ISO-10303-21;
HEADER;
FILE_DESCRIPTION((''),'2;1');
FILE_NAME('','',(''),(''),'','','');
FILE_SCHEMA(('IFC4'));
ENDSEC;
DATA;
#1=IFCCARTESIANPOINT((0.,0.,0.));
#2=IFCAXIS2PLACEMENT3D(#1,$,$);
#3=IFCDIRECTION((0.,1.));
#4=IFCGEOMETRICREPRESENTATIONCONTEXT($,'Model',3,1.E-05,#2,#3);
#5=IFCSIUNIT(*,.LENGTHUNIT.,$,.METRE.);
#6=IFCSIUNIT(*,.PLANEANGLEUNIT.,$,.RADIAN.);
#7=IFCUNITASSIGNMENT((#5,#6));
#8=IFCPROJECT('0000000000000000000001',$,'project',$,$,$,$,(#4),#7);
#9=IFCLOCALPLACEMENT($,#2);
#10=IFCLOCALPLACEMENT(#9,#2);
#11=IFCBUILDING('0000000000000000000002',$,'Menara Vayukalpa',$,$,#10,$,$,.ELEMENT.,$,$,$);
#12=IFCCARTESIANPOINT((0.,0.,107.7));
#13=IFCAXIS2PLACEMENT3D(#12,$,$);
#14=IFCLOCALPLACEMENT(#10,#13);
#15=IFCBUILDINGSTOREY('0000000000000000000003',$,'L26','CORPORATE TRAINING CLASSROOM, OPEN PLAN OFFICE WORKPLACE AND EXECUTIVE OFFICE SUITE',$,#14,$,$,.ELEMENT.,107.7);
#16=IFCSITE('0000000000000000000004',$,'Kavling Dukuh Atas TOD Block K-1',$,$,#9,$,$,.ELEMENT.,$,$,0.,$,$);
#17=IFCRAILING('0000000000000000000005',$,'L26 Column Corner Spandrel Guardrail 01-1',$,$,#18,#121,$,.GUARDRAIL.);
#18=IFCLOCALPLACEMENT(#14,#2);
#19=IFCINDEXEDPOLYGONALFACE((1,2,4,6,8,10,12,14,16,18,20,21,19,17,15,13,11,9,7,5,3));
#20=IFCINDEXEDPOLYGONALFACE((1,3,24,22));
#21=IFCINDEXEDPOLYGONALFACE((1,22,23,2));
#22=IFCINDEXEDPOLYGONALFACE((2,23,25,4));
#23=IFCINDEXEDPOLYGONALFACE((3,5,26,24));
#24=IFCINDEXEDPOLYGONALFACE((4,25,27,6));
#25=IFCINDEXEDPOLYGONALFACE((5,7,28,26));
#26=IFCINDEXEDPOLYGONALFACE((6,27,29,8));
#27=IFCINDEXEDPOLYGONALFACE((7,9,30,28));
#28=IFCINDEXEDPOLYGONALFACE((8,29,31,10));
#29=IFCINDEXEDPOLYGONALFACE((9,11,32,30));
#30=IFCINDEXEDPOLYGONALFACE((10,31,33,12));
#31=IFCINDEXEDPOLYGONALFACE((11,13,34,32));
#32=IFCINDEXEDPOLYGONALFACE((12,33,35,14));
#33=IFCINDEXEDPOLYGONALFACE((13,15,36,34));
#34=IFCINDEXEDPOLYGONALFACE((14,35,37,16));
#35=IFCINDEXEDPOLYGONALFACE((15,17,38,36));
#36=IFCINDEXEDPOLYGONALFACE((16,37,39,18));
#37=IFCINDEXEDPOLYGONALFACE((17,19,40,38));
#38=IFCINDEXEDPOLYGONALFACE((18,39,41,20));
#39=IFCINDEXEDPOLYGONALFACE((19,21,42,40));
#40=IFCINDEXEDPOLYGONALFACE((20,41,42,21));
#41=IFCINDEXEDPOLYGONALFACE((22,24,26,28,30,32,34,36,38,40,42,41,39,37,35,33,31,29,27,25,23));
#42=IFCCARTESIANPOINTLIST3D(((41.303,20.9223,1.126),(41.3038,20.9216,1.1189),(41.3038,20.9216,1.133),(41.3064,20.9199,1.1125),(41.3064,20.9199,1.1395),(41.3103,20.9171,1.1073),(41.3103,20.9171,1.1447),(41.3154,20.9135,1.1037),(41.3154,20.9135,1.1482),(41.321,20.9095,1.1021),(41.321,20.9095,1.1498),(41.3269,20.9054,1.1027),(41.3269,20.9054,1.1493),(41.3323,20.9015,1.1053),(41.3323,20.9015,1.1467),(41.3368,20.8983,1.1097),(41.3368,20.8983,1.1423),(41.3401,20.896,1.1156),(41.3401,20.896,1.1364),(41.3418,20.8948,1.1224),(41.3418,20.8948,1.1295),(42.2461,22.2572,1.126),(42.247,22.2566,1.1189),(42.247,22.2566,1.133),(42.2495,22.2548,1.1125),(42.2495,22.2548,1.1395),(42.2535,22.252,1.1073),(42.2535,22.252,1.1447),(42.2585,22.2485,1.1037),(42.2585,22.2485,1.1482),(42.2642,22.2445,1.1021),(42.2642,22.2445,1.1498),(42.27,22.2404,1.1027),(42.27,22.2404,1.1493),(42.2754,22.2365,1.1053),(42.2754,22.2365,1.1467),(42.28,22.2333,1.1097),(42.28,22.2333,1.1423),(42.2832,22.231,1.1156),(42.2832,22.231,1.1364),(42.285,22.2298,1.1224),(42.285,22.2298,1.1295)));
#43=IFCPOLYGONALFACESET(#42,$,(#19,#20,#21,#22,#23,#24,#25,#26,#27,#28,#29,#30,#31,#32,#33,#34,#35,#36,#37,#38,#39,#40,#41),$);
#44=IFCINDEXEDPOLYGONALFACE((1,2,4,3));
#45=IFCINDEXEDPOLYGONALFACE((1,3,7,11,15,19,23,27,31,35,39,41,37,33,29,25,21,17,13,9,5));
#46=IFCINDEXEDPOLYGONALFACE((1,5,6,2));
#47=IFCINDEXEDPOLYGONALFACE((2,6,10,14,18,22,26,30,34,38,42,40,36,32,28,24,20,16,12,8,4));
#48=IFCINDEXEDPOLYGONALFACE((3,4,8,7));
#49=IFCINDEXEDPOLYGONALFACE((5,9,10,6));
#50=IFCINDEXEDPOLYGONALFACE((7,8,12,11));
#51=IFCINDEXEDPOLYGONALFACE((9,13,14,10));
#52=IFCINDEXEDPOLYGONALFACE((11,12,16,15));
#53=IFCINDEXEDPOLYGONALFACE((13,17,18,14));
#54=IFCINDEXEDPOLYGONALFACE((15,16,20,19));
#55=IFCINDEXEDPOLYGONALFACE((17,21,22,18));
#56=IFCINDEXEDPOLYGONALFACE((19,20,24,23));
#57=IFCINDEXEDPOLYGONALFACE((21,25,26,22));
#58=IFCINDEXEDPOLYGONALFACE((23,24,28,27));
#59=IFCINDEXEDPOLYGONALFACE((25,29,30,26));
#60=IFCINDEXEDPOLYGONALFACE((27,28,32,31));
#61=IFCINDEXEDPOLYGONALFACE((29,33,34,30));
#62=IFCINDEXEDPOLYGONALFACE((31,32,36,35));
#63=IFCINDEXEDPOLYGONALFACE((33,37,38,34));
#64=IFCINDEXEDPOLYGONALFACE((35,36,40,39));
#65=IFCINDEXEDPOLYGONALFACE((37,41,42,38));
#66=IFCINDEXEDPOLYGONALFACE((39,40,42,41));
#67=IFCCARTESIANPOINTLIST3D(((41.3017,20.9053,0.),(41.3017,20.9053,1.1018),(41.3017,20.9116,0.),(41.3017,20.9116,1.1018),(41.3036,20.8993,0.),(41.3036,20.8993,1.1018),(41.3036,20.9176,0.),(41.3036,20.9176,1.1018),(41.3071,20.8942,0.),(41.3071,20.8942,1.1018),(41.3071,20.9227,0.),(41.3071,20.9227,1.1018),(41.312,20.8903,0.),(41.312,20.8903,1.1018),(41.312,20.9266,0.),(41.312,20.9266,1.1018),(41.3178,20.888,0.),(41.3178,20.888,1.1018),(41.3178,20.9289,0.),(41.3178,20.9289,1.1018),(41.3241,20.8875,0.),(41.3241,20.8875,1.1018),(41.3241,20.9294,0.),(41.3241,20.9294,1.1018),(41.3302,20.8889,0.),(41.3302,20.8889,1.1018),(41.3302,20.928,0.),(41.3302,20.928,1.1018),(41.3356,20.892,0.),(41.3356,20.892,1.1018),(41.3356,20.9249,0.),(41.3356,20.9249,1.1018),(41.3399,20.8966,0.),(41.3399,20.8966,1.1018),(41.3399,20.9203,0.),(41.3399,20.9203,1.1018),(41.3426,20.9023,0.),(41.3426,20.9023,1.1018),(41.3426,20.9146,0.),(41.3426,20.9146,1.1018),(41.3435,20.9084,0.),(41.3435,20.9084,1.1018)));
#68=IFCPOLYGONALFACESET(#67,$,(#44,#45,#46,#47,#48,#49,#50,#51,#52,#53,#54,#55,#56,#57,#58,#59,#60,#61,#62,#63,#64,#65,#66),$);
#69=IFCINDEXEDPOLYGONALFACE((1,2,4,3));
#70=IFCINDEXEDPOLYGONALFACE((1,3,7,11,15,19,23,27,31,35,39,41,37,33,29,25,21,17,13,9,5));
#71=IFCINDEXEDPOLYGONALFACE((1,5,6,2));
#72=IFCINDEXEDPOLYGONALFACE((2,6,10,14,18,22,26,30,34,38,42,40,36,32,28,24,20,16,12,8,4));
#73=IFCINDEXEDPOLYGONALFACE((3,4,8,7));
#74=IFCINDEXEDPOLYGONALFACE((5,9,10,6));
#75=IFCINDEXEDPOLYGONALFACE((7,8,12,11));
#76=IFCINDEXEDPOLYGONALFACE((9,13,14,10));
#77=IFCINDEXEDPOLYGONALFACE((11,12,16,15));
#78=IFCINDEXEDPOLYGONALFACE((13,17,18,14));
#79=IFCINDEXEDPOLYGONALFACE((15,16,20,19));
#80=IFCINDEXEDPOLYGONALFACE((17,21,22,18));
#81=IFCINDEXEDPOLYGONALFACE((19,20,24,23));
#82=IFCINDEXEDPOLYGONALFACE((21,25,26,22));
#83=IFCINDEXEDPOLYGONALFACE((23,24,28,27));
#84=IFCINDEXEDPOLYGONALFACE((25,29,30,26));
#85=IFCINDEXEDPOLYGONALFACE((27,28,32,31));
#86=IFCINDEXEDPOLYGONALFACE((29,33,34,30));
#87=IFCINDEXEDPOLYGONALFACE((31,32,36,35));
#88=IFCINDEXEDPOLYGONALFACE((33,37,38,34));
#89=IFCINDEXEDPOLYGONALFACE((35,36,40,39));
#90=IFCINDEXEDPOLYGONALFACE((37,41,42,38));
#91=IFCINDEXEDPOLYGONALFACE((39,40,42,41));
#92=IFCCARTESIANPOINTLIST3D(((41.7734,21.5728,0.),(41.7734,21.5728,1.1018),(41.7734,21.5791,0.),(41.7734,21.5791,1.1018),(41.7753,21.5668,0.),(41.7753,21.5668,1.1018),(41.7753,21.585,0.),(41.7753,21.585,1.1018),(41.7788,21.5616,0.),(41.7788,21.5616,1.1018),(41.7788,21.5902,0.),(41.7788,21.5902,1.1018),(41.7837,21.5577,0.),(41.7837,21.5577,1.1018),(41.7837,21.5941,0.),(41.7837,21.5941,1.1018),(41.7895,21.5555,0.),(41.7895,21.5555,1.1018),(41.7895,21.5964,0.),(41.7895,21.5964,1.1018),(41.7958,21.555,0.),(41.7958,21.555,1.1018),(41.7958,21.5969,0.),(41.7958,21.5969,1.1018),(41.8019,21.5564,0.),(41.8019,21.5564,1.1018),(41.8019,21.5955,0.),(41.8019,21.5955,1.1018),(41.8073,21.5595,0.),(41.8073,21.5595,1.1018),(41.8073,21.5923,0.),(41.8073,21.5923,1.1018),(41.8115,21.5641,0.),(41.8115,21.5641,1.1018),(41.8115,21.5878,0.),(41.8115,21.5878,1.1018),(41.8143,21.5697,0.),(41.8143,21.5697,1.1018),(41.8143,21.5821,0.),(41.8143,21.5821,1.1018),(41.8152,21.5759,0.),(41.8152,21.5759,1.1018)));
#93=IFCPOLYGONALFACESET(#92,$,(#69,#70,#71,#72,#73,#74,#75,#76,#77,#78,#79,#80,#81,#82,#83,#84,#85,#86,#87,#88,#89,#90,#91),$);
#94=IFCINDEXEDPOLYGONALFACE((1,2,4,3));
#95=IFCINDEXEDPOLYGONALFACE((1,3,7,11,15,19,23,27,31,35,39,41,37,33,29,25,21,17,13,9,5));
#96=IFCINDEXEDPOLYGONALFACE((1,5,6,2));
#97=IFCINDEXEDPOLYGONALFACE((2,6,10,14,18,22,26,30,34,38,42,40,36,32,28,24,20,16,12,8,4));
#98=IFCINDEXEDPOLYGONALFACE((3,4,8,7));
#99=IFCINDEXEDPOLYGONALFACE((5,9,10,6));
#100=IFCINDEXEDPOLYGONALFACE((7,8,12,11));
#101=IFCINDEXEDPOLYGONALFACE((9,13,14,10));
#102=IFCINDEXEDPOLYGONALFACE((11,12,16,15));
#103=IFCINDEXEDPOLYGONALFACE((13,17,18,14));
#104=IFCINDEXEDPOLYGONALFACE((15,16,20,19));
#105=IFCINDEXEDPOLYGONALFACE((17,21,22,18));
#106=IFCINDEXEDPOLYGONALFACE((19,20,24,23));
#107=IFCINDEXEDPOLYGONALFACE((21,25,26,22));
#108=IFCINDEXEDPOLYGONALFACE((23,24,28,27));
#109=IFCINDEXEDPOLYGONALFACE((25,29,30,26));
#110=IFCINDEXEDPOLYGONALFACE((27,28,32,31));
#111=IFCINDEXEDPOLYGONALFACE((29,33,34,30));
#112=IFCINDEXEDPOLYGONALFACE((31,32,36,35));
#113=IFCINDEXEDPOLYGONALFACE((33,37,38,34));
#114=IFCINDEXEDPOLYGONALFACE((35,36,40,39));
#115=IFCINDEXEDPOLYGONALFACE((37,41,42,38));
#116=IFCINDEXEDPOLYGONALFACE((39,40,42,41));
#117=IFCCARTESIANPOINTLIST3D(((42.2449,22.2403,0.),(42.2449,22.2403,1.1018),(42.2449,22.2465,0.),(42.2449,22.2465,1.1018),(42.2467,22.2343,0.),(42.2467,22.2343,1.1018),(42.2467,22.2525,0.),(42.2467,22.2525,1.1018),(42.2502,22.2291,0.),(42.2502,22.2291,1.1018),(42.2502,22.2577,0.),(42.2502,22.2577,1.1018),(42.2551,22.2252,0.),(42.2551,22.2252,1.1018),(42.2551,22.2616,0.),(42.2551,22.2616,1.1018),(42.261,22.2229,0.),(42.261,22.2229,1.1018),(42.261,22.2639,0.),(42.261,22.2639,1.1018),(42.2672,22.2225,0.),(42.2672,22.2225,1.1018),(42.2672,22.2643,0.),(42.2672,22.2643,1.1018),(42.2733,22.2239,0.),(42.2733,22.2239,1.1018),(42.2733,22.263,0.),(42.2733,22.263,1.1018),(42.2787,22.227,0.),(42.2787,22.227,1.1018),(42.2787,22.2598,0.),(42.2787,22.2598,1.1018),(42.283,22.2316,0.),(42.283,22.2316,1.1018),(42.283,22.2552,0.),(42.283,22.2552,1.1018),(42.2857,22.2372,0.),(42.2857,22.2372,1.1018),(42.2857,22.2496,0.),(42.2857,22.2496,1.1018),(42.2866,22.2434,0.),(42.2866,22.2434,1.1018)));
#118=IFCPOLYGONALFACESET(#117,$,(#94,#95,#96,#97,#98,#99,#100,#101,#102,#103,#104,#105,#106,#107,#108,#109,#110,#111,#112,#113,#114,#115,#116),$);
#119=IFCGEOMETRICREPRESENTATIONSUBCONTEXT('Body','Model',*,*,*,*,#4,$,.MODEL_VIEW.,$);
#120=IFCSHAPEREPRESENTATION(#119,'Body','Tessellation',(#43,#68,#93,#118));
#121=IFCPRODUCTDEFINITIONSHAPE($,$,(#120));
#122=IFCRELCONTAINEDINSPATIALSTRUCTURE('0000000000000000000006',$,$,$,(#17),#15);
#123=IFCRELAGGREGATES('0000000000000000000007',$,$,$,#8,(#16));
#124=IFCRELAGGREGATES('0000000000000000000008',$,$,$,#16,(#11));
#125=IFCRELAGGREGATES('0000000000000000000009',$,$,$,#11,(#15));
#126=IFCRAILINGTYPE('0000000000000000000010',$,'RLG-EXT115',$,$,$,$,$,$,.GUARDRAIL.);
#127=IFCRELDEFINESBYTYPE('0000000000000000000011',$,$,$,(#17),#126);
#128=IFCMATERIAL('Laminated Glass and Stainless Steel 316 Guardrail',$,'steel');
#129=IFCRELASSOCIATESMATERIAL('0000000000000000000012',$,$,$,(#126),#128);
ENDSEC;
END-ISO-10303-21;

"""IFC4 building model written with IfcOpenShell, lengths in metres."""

from ifc_helpers import new_model, si_unit, direction, frame, origin, origin_2d, place, context, subcontext, project, spatial, circle, extrude, material, type_object, element, save


model = new_model("IFC4")

# Units and contexts
model_context = context("Model", 3, precision=1e-05, world=origin(), true_north=direction((0.0, 1.0)))
body_context = subcontext(model_context, "Body", "Model", "MODEL_VIEW")
ifc_project = project(units=[si_unit("LENGTHUNIT", "METRE"), si_unit("PLANEANGLEUNIT", "RADIAN")], contexts=[model_context])

# Site, building, storey
site_placement = place(None, origin())
site = spatial("IfcSite", under=ifc_project, at=site_placement, Name="Kavling Dukuh Atas TOD Block K-1", CompositionType="ELEMENT", RefElevation=0.0)
building_placement = place(site_placement, origin())
building = spatial("IfcBuilding", under=site, at=building_placement, Name="Menara Vayukalpa", CompositionType="ELEMENT")
storey_placement = place(building_placement, frame((0.0, 0.0, 107.7)))
storey = spatial("IfcBuildingStorey", under=building, at=storey_placement, Name="L26", Description="CORPORATE TRAINING CLASSROOM, OPEN PLAN OFFICE WORKPLACE AND EXECUTIVE OFFICE SUITE", CompositionType="ELEMENT", Elevation=107.7)

# Railing
ifc_material_1 = material(Name="Laminated Glass and Stainless Steel 316 Guardrail", Category="steel")
railing_type_1 = type_object("IfcRailingType", Name="RLG-EXT115", PredefinedType="GUARDRAIL", material=ifc_material_1)
railing_1_placement = place(storey_placement, frame((41.3225, 20.9084, 0.0)))
element("IfcRailing", 1, at=railing_1_placement, inside=storey, type_object=railing_type_1, Name="L26 Column Corner Spandrel Guardrail 01-1", PredefinedType="GUARDRAIL", context=body_context, shape_type="SweptSolid", body=[
    extrude(circle(Radius=0.0239, at=origin_2d()), frame((0.0, 0.0, 1.126), z_axis=(0.577006, 0.81674, 0.0), x_axis=(-0.81674, 0.577006, 0.0)), (0.0, 0.0, 1.0), 1.6345),
    extrude(circle(Radius=0.021, at=origin_2d()), origin(), (0.0, 0.0, 1.0), 1.1018),
    extrude(circle(Radius=0.021, at=origin_2d()), frame((0.4717, 0.6675, 0.0)), (0.0, 0.0, 1.0), 1.1018),
    extrude(circle(Radius=0.021, at=origin_2d()), frame((0.9431, 1.335, 0.0)), (0.0, 0.0, 1.0), 1.1018),
])

save(model, "model.ifc")
